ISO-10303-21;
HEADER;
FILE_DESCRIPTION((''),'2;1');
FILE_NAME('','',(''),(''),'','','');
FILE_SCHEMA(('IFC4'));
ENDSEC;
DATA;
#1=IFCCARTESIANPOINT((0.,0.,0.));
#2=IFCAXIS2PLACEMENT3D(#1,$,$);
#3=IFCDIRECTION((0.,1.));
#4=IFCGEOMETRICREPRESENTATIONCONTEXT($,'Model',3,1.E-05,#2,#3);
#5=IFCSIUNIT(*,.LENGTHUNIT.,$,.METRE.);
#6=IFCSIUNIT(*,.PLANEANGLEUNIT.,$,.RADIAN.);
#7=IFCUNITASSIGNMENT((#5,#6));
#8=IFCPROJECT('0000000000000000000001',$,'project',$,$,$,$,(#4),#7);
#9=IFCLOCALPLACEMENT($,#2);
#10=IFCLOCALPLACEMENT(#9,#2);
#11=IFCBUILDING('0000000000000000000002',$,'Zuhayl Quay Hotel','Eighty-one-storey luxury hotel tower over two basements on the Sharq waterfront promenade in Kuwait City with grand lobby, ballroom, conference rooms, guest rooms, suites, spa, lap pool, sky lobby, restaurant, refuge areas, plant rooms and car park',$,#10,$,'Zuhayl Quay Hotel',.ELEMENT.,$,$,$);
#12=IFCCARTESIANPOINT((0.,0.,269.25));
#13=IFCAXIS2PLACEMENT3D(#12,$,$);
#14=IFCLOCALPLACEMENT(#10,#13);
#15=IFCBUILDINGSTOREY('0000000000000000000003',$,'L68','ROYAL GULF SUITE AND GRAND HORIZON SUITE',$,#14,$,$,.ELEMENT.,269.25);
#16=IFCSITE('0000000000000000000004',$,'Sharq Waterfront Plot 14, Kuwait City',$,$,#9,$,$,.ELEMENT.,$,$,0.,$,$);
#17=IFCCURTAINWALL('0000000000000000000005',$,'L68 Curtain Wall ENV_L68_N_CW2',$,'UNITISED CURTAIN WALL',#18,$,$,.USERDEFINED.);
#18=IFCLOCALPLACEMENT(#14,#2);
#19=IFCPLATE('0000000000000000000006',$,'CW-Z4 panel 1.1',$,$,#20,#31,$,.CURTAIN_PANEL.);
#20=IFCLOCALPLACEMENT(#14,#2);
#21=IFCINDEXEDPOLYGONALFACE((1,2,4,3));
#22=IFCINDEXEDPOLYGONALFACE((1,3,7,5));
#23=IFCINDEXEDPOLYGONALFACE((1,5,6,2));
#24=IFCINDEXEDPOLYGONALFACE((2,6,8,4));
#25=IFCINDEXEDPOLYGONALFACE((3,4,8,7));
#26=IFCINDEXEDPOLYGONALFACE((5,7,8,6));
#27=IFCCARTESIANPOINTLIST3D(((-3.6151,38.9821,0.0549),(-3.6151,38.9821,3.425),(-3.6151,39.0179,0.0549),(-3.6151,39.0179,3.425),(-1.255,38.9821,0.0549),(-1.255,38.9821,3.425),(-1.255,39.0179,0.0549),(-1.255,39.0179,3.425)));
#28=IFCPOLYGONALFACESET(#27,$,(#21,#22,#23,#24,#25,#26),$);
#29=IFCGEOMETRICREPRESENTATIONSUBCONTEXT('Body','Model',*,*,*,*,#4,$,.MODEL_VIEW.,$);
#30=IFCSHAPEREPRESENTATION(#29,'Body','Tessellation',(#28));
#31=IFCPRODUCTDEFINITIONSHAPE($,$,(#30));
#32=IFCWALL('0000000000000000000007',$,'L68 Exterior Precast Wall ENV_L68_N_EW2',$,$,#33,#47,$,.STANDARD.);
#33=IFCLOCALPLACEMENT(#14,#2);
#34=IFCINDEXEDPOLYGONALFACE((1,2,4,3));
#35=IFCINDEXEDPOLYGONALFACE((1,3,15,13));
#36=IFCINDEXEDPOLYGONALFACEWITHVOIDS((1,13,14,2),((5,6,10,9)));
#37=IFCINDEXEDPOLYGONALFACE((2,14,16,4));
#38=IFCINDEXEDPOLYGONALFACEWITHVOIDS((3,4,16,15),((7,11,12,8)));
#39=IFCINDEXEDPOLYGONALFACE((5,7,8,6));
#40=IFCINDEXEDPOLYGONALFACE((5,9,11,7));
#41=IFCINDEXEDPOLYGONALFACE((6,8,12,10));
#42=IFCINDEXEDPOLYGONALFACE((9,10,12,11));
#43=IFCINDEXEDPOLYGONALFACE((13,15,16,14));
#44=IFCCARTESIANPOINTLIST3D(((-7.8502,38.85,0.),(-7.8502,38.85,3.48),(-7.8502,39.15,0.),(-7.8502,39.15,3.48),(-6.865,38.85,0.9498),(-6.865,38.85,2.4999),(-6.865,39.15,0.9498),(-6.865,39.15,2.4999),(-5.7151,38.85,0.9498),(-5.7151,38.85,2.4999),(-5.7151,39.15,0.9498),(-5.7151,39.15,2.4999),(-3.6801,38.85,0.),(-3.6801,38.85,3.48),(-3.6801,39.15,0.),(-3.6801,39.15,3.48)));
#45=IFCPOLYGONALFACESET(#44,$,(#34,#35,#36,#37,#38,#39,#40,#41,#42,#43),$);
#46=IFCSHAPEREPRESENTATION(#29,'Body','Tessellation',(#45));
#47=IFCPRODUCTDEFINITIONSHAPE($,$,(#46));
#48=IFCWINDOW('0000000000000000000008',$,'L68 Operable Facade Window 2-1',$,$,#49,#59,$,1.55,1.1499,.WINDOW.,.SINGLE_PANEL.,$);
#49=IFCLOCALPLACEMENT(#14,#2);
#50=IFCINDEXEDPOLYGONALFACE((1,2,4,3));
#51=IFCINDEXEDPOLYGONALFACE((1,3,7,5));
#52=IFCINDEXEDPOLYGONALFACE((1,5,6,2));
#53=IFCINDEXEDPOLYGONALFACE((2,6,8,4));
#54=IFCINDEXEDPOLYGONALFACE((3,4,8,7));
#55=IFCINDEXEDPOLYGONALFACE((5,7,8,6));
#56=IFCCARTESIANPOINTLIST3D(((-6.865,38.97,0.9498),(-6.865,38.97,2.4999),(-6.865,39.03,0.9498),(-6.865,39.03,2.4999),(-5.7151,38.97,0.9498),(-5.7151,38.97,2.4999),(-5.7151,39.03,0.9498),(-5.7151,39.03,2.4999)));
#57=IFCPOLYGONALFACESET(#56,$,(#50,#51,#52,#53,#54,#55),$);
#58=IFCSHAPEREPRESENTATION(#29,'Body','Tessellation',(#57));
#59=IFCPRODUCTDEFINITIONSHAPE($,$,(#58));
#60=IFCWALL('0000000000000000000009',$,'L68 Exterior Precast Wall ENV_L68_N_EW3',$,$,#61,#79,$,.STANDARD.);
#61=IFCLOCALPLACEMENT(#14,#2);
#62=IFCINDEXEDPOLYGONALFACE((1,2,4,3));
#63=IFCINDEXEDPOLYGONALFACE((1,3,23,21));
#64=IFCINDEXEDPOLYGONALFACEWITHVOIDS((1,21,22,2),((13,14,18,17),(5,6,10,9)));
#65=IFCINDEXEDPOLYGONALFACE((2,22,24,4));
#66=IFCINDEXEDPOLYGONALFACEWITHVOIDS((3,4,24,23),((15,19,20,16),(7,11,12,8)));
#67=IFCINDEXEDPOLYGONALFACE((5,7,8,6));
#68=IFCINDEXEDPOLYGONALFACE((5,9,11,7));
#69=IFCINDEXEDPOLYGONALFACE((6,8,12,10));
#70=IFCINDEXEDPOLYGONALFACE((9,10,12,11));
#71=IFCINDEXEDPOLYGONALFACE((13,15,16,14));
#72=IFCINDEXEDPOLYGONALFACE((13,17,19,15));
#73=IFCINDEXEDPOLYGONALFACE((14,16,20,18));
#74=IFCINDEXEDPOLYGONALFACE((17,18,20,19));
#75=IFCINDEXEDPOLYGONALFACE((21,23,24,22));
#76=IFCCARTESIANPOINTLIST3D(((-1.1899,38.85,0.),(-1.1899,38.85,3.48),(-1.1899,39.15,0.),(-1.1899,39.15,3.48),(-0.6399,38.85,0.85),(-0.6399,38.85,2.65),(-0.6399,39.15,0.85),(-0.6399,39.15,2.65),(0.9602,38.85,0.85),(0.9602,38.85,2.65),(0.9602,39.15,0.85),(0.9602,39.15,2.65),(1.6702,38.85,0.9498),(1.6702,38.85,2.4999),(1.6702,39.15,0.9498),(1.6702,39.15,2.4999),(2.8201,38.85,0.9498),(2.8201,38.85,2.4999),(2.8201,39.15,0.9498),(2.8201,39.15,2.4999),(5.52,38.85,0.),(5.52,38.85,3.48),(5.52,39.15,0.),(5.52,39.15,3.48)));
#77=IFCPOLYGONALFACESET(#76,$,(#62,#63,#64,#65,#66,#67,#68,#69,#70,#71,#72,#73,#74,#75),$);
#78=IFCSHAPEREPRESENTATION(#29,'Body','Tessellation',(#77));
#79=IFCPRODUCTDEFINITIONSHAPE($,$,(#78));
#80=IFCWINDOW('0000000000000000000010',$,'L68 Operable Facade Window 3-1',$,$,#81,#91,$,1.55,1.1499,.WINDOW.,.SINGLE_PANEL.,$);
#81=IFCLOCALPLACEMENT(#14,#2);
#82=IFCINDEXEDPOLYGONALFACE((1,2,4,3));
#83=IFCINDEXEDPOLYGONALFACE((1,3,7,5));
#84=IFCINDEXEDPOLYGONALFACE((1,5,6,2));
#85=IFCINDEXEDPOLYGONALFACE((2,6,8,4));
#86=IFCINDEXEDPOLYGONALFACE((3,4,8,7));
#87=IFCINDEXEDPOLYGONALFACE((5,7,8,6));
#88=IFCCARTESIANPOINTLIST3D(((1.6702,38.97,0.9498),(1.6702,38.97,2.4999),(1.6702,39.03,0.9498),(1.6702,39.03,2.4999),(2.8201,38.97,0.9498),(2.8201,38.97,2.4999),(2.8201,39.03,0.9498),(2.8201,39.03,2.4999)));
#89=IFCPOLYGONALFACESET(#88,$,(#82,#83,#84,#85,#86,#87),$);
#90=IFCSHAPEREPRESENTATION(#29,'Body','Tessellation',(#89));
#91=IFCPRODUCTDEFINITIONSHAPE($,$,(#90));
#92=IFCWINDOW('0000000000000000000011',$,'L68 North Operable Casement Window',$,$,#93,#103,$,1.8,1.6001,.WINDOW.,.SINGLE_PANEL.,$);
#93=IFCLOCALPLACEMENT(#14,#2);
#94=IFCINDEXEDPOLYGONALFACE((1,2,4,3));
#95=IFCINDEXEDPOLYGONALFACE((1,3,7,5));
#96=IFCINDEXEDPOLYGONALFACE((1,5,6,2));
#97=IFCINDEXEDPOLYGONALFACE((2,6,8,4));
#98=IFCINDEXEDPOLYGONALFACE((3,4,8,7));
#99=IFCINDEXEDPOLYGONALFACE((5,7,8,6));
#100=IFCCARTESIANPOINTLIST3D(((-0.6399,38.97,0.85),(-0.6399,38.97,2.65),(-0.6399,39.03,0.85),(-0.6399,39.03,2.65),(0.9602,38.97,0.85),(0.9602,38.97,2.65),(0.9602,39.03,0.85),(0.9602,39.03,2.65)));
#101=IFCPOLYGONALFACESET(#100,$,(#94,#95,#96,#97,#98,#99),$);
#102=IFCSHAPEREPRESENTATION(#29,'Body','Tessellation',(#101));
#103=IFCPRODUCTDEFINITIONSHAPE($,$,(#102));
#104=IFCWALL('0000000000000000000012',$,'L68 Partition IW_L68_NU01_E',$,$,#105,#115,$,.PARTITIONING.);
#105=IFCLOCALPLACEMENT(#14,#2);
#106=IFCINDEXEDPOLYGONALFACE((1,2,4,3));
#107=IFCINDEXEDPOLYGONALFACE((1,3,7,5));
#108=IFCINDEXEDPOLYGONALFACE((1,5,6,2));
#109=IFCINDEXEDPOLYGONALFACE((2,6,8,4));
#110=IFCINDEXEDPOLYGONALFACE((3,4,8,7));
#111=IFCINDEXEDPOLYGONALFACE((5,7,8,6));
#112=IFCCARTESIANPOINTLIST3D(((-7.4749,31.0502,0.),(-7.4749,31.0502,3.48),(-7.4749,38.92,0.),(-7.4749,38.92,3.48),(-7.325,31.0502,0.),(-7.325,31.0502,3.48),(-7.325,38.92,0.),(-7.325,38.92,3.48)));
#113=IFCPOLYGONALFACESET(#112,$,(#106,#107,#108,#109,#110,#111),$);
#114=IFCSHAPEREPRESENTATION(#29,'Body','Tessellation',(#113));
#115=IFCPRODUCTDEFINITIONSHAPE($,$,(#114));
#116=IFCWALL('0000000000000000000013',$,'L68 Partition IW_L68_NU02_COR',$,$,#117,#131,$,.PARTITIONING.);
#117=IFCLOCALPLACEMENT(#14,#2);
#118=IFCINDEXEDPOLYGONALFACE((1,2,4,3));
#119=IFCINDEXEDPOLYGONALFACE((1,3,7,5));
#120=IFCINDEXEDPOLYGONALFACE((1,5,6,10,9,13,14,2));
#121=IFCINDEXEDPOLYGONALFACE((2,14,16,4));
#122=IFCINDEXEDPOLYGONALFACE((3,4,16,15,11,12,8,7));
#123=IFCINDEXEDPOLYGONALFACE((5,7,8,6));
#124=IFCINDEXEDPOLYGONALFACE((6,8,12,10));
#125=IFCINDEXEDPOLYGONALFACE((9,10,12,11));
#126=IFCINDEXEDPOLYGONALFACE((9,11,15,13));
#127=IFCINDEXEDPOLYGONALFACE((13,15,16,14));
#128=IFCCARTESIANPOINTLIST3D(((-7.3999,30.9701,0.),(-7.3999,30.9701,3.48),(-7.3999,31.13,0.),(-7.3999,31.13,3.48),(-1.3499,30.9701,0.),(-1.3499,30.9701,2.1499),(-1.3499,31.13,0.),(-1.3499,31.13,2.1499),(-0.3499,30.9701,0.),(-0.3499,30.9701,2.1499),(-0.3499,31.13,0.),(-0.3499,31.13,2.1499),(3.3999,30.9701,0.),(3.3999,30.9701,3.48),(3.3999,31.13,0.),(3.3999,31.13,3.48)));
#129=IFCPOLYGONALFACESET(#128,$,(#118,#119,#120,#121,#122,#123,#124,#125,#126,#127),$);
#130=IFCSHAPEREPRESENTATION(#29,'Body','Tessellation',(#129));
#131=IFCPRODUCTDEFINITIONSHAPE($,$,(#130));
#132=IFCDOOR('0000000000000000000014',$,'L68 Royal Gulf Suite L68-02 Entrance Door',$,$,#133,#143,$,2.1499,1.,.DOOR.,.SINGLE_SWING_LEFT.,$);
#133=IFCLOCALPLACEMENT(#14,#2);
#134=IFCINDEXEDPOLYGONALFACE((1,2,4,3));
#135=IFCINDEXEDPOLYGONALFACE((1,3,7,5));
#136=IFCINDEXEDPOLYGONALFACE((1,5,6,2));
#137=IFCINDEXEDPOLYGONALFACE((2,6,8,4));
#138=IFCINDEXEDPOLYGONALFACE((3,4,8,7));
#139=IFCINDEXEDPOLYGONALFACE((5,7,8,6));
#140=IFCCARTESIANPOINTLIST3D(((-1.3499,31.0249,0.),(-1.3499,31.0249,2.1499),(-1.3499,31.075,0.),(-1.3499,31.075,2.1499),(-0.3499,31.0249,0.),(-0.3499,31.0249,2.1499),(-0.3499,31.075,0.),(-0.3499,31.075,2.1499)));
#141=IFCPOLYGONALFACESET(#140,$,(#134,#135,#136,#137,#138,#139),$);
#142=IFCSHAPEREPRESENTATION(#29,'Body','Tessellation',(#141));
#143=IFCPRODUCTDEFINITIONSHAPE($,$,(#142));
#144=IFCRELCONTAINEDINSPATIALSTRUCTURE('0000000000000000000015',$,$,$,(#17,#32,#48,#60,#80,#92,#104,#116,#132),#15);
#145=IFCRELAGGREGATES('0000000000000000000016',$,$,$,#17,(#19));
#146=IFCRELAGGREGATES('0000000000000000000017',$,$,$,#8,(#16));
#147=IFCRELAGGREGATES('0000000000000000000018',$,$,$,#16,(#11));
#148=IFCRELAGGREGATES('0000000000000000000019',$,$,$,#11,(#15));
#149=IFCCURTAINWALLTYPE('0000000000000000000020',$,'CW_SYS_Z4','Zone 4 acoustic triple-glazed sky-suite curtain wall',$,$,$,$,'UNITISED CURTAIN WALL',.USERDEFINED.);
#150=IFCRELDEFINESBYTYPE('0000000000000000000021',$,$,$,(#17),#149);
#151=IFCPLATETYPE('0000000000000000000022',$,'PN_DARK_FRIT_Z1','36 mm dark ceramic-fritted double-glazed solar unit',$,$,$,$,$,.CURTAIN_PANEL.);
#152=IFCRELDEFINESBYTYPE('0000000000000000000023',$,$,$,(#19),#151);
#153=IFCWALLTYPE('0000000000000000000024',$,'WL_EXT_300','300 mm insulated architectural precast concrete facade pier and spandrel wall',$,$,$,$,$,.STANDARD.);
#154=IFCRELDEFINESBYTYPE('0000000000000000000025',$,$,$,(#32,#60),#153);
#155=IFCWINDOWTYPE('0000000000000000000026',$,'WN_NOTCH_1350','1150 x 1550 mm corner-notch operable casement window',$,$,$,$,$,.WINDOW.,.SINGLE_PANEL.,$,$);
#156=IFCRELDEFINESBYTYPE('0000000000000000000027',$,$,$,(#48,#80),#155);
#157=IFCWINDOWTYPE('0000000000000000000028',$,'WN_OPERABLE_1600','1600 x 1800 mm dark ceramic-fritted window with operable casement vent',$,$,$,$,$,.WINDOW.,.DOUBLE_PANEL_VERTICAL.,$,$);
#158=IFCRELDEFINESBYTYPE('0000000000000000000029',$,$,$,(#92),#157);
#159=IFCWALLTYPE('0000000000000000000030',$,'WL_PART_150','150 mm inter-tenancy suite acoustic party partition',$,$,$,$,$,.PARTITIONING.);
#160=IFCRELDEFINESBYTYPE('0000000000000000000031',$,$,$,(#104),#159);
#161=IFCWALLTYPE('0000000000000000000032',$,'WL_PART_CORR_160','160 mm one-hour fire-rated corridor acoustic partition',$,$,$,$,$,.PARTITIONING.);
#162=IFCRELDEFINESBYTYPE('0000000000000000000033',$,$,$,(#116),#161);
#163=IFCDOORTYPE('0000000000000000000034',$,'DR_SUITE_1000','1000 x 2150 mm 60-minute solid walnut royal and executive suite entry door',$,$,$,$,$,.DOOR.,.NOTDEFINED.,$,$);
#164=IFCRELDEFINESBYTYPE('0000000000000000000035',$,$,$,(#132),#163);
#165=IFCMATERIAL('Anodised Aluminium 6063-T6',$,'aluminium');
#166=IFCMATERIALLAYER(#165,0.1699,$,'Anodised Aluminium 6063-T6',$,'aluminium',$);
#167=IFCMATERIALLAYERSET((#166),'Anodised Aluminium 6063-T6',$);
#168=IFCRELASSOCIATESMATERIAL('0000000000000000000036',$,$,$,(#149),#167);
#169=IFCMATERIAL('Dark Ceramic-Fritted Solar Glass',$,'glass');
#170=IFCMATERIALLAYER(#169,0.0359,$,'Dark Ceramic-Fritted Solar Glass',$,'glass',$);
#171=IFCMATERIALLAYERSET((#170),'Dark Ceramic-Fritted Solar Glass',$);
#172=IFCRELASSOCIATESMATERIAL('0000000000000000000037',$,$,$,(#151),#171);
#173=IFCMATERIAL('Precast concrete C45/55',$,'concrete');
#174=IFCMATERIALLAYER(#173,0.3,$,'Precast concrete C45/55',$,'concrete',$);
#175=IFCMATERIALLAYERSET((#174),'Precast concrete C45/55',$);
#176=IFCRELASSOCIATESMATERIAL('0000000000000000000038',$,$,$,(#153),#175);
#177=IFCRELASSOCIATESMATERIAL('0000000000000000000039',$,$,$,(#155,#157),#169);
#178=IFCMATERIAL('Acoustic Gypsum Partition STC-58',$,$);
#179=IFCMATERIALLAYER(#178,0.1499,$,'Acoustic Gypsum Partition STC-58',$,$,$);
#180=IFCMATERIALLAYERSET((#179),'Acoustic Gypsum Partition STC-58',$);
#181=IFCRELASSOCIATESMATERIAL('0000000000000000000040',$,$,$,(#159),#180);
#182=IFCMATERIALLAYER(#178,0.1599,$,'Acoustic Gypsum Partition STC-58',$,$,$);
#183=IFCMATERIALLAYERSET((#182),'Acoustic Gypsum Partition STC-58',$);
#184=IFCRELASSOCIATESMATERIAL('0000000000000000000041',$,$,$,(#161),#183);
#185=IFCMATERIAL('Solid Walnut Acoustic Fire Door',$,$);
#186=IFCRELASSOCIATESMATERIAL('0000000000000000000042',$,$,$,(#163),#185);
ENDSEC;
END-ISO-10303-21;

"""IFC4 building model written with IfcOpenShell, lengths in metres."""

from ifc_helpers import new_model, si_unit, direction, frame, frame_2d, origin, origin_2d, place, context, subcontext, project, spatial, rectangle, extrude, material, layer, layer_set, type_object, element, fill, aggregate, save


model = new_model("IFC4")

# Units and contexts
model_context = context("Model", 3, precision=1e-05, world=origin(), true_north=direction((0.0, 1.0)))
body_context = subcontext(model_context, "Body", "Model", "MODEL_VIEW")
ifc_project = project(units=[si_unit("LENGTHUNIT", "METRE"), si_unit("PLANEANGLEUNIT", "RADIAN")], contexts=[model_context])

# Site, building, storey
site_placement = place(None, origin())
site = spatial("IfcSite", under=ifc_project, at=site_placement, Name="Sharq Waterfront Plot 14, Kuwait City", CompositionType="ELEMENT", RefElevation=0.0)
building_placement = place(site_placement, origin())
building = spatial("IfcBuilding", under=site, at=building_placement, Name="Zuhayl Quay Hotel", Description="Eighty-one-storey luxury hotel tower over two basements on the Sharq waterfront promenade in Kuwait City with grand lobby, ballroom, conference rooms, guest rooms, suites, spa, lap pool, sky lobby, restaurant, refuge areas, plant rooms and car park", LongName="Zuhayl Quay Hotel", CompositionType="ELEMENT")
storey_placement = place(building_placement, frame((0.0, 0.0, 269.25)))
storey = spatial("IfcBuildingStorey", under=building, at=storey_placement, Name="L68", Description="ROYAL GULF SUITE AND GRAND HORIZON SUITE", CompositionType="ELEMENT", Elevation=269.25)

# Shared definitions
ifc_material_1 = material(Name="Anodised Aluminium 6063-T6", Category="aluminium")
ifc_layer_1 = layer(ifc_material_1, 0.1699, Name="Anodised Aluminium 6063-T6", Category="aluminium")
ifc_layer_set_1 = layer_set([ifc_layer_1], Name="Anodised Aluminium 6063-T6")
curtain_wall_type = type_object("IfcCurtainWallType", Name="CW_SYS_Z4", Description="Zone 4 acoustic triple-glazed sky-suite curtain wall", ElementType="UNITISED CURTAIN WALL", PredefinedType="USERDEFINED", material=ifc_layer_set_1)

# Curtain wall, plate
curtain_wall_1_placement = place(storey_placement, origin())
curtain_wall_1 = element("IfcCurtainWall", 1, at=curtain_wall_1_placement, inside=storey, type_object=curtain_wall_type, Name="L68 Curtain Wall ENV_L68_N_CW2", ObjectType="UNITISED CURTAIN WALL", PredefinedType="USERDEFINED")
ifc_material_2 = material(Name="Dark Ceramic-Fritted Solar Glass", Category="glass")
ifc_layer_2 = layer(ifc_material_2, 0.0359, Name="Dark Ceramic-Fritted Solar Glass", Category="glass")
ifc_layer_set_2 = layer_set([ifc_layer_2], Name="Dark Ceramic-Fritted Solar Glass")
plate_type = type_object("IfcPlateType", Name="PN_DARK_FRIT_Z1", Description="36 mm dark ceramic-fritted double-glazed solar unit", PredefinedType="CURTAIN_PANEL", material=ifc_layer_set_2)
plate_placement = place(storey_placement, frame((-2.4351, 39.0, 0.0549), z_axis=(0.0, 0.0, 1.0), x_axis=(1.0, 0.0, 0.0)))
plate = element("IfcPlate", 2, at=plate_placement, type_object=plate_type, Name="CW-Z4 panel 1.1", PredefinedType="CURTAIN_PANEL", context=body_context, shape_type="SweptSolid", body=[
    extrude(rectangle(XDim=2.3601, YDim=0.0359, at=origin_2d()), origin(), (0.0, 0.0, 1.0), 3.3701),
])
aggregate(curtain_wall_1, [plate])

# Wall, opening, window
ifc_material_3 = material(Name="Precast concrete C45/55", Category="concrete")
ifc_layer_3 = layer(ifc_material_3, 0.3, Name="Precast concrete C45/55", Category="concrete")
ifc_layer_set_3 = layer_set([ifc_layer_3], Name="Precast concrete C45/55")
wall_type_1 = type_object("IfcWallType", Name="WL_EXT_300", Description="300 mm insulated architectural precast concrete facade pier and spandrel wall", PredefinedType="STANDARD", material=ifc_layer_set_3)
wall_1_placement = place(storey_placement, frame((-7.8501, 39.0, 0.0), z_axis=(0.0, 0.0, 1.0), x_axis=(1.0, 0.0, 0.0)))
wall_1 = element("IfcWall", 3, at=wall_1_placement, inside=storey, type_object=wall_type_1, Name="L68 Exterior Precast Wall ENV_L68_N_EW2", PredefinedType="STANDARD", context=body_context, shape_type="SweptSolid", body=[
    extrude(rectangle(XDim=4.1702, YDim=0.3, at=frame_2d((2.085, 0.0))), origin(), (0.0, 0.0, 1.0), 3.48),
])
opening_1_placement = place(wall_1_placement, frame((0.9851, 0.0, 0.95)))
opening_1 = element("IfcOpeningElement", 4, at=opening_1_placement, cuts=wall_1, PredefinedType="OPENING", context=body_context, shape_type="SweptSolid", body=[
    extrude(rectangle(XDim=1.1499, YDim=1.55, at=frame_2d((0.575, 0.7749))), frame((0.0, 0.1599, 0.0), z_axis=(0.0, -1.0, 0.0), x_axis=(1.0, 0.0, 0.0)), (0.0, 0.0, 1.0), 0.3201),
])
window_type_1 = type_object("IfcWindowType", Name="WN_NOTCH_1350", Description="1150 x 1550 mm corner-notch operable casement window", PartitioningType="SINGLE_PANEL", PredefinedType="WINDOW", material=ifc_material_2)
window_1_placement = place(opening_1_placement, origin())
window_1 = element("IfcWindow", 5, at=window_1_placement, inside=storey, type_object=window_type_1, Name="L68 Operable Facade Window 2-1", OverallHeight=1.55, OverallWidth=1.1499, PartitioningType="SINGLE_PANEL", PredefinedType="WINDOW", context=body_context, shape_type="SweptSolid", body=[
    extrude(rectangle(XDim=1.1499, YDim=1.55, at=frame_2d((0.575, 0.7749))), frame((0.0, 0.03, 0.0), z_axis=(0.0, -1.0, 0.0), x_axis=(1.0, 0.0, 0.0)), (0.0, 0.0, 1.0), 0.0601),
])
fill(opening_1, window_1)

# Wall, openings, windows
wall_2_placement = place(storey_placement, frame((-1.1899, 39.0, 0.0), z_axis=(0.0, 0.0, 1.0), x_axis=(1.0, 0.0, 0.0)))
wall_2 = element("IfcWall", 6, at=wall_2_placement, inside=storey, type_object=wall_type_1, Name="L68 Exterior Precast Wall ENV_L68_N_EW3", PredefinedType="STANDARD", context=body_context, shape_type="SweptSolid", body=[
    extrude(rectangle(XDim=6.71, YDim=0.3, at=frame_2d((3.355, 0.0))), origin(), (0.0, 0.0, 1.0), 3.48),
])
opening_2_placement = place(wall_2_placement, frame((0.55, 0.0, 0.8501)))
opening_2 = element("IfcOpeningElement", 7, at=opening_2_placement, cuts=wall_2, PredefinedType="OPENING", context=body_context, shape_type="SweptSolid", body=[
    extrude(rectangle(XDim=1.6001, YDim=1.8, at=frame_2d((0.8, 0.8999))), frame((0.0, 0.1599, 0.0), z_axis=(0.0, -1.0, 0.0), x_axis=(1.0, 0.0, 0.0)), (0.0, 0.0, 1.0), 0.3201),
])
opening_3_placement = place(wall_2_placement, frame((2.8601, 0.0, 0.95)))
opening_3 = element("IfcOpeningElement", 8, at=opening_3_placement, cuts=wall_2, PredefinedType="OPENING", context=body_context, shape_type="SweptSolid", body=[
    extrude(rectangle(XDim=1.1499, YDim=1.55, at=frame_2d((0.575, 0.7749))), frame((0.0, 0.1599, 0.0), z_axis=(0.0, -1.0, 0.0), x_axis=(1.0, 0.0, 0.0)), (0.0, 0.0, 1.0), 0.3201),
])
window_2_placement = place(opening_3_placement, origin())
window_2 = element("IfcWindow", 9, at=window_2_placement, inside=storey, type_object=window_type_1, Name="L68 Operable Facade Window 3-1", OverallHeight=1.55, OverallWidth=1.1499, PartitioningType="SINGLE_PANEL", PredefinedType="WINDOW", context=body_context, shape_type="SweptSolid", body=[
    extrude(rectangle(XDim=1.1499, YDim=1.55, at=frame_2d((0.575, 0.7749))), frame((0.0, 0.03, 0.0), z_axis=(0.0, -1.0, 0.0), x_axis=(1.0, 0.0, 0.0)), (0.0, 0.0, 1.0), 0.0601),
])
fill(opening_3, window_2)
window_type_2 = type_object("IfcWindowType", Name="WN_OPERABLE_1600", Description="1600 x 1800 mm dark ceramic-fritted window with operable casement vent", PartitioningType="DOUBLE_PANEL_VERTICAL", PredefinedType="WINDOW", material=ifc_material_2)
window_3_placement = place(opening_2_placement, origin())
window_3 = element("IfcWindow", 10, at=window_3_placement, inside=storey, type_object=window_type_2, Name="L68 North Operable Casement Window", OverallHeight=1.8, OverallWidth=1.6001, PartitioningType="SINGLE_PANEL", PredefinedType="WINDOW", context=body_context, shape_type="SweptSolid", body=[
    extrude(rectangle(XDim=1.6001, YDim=1.8, at=frame_2d((0.8, 0.8999))), frame((0.0, 0.03, 0.0), z_axis=(0.0, -1.0, 0.0), x_axis=(1.0, 0.0, 0.0)), (0.0, 0.0, 1.0), 0.0601),
])
fill(opening_2, window_3)

# Wall
ifc_material_4 = material(Name="Acoustic Gypsum Partition STC-58")
ifc_layer_4 = layer(ifc_material_4, 0.1499, Name="Acoustic Gypsum Partition STC-58")
ifc_layer_set_4 = layer_set([ifc_layer_4], Name="Acoustic Gypsum Partition STC-58")
wall_type_2 = type_object("IfcWallType", Name="WL_PART_150", Description="150 mm inter-tenancy suite acoustic party partition", PredefinedType="PARTITIONING", material=ifc_layer_set_4)
wall_3_placement = place(storey_placement, frame((-7.3999, 31.05, 0.0), z_axis=(0.0, 0.0, 1.0), x_axis=(0.0, 1.0, 0.0)))
element("IfcWall", 11, at=wall_3_placement, inside=storey, type_object=wall_type_2, Name="L68 Partition IW_L68_NU01_E", PredefinedType="PARTITIONING", context=body_context, shape_type="SweptSolid", body=[
    extrude(rectangle(XDim=7.8699, YDim=0.1499, at=frame_2d((3.9351, 0.0))), origin(), (0.0, 0.0, 1.0), 3.48),
])

# Wall, opening, door
ifc_layer_5 = layer(ifc_material_4, 0.1599, Name="Acoustic Gypsum Partition STC-58")
ifc_layer_set_5 = layer_set([ifc_layer_5], Name="Acoustic Gypsum Partition STC-58")
wall_type_3 = type_object("IfcWallType", Name="WL_PART_CORR_160", Description="160 mm one-hour fire-rated corridor acoustic partition", PredefinedType="PARTITIONING", material=ifc_layer_set_5)
wall_4_placement = place(storey_placement, frame((-7.3999, 31.05, 0.0), z_axis=(0.0, 0.0, 1.0), x_axis=(1.0, 0.0, 0.0)))
wall_4 = element("IfcWall", 12, at=wall_4_placement, inside=storey, type_object=wall_type_3, Name="L68 Partition IW_L68_NU02_COR", PredefinedType="PARTITIONING", context=body_context, shape_type="SweptSolid", body=[
    extrude(rectangle(XDim=10.7998, YDim=0.1599, at=frame_2d((5.3999, 0.0))), origin(), (0.0, 0.0, 1.0), 3.48),
])
opening_4_placement = place(wall_4_placement, frame((6.05, 0.0, 0.0)))
opening_4 = element("IfcOpeningElement", 13, at=opening_4_placement, cuts=wall_4, PredefinedType="OPENING", context=body_context, shape_type="SweptSolid", body=[
    extrude(rectangle(XDim=1.0, YDim=2.1499, at=frame_2d((0.5, 1.075))), frame((0.0, 0.0898, 0.0), z_axis=(0.0, -1.0, 0.0), x_axis=(1.0, 0.0, 0.0)), (0.0, 0.0, 1.0), 0.1799),
])
ifc_material_5 = material(Name="Solid Walnut Acoustic Fire Door")
door_type_1 = type_object("IfcDoorType", Name="DR_SUITE_1000", Description="1000 x 2150 mm 60-minute solid walnut royal and executive suite entry door", OperationType="NOTDEFINED", PredefinedType="DOOR", material=ifc_material_5)
door_1_placement = place(opening_4_placement, origin())
door_1 = element("IfcDoor", 14, at=door_1_placement, inside=storey, type_object=door_type_1, Name="L68 Royal Gulf Suite L68-02 Entrance Door", OperationType="SINGLE_SWING_LEFT", OverallHeight=2.1499, OverallWidth=1.0, PredefinedType="DOOR", context=body_context, shape_type="SweptSolid", body=[
    extrude(rectangle(XDim=1.0, YDim=2.1499, at=frame_2d((0.5, 1.075))), frame((0.0, 0.0249, 0.0), z_axis=(0.0, -1.0, 0.0), x_axis=(1.0, 0.0, 0.0)), (0.0, 0.0, 1.0), 0.05),
])
fill(opening_4, door_1)

save(model, "model.ifc")
